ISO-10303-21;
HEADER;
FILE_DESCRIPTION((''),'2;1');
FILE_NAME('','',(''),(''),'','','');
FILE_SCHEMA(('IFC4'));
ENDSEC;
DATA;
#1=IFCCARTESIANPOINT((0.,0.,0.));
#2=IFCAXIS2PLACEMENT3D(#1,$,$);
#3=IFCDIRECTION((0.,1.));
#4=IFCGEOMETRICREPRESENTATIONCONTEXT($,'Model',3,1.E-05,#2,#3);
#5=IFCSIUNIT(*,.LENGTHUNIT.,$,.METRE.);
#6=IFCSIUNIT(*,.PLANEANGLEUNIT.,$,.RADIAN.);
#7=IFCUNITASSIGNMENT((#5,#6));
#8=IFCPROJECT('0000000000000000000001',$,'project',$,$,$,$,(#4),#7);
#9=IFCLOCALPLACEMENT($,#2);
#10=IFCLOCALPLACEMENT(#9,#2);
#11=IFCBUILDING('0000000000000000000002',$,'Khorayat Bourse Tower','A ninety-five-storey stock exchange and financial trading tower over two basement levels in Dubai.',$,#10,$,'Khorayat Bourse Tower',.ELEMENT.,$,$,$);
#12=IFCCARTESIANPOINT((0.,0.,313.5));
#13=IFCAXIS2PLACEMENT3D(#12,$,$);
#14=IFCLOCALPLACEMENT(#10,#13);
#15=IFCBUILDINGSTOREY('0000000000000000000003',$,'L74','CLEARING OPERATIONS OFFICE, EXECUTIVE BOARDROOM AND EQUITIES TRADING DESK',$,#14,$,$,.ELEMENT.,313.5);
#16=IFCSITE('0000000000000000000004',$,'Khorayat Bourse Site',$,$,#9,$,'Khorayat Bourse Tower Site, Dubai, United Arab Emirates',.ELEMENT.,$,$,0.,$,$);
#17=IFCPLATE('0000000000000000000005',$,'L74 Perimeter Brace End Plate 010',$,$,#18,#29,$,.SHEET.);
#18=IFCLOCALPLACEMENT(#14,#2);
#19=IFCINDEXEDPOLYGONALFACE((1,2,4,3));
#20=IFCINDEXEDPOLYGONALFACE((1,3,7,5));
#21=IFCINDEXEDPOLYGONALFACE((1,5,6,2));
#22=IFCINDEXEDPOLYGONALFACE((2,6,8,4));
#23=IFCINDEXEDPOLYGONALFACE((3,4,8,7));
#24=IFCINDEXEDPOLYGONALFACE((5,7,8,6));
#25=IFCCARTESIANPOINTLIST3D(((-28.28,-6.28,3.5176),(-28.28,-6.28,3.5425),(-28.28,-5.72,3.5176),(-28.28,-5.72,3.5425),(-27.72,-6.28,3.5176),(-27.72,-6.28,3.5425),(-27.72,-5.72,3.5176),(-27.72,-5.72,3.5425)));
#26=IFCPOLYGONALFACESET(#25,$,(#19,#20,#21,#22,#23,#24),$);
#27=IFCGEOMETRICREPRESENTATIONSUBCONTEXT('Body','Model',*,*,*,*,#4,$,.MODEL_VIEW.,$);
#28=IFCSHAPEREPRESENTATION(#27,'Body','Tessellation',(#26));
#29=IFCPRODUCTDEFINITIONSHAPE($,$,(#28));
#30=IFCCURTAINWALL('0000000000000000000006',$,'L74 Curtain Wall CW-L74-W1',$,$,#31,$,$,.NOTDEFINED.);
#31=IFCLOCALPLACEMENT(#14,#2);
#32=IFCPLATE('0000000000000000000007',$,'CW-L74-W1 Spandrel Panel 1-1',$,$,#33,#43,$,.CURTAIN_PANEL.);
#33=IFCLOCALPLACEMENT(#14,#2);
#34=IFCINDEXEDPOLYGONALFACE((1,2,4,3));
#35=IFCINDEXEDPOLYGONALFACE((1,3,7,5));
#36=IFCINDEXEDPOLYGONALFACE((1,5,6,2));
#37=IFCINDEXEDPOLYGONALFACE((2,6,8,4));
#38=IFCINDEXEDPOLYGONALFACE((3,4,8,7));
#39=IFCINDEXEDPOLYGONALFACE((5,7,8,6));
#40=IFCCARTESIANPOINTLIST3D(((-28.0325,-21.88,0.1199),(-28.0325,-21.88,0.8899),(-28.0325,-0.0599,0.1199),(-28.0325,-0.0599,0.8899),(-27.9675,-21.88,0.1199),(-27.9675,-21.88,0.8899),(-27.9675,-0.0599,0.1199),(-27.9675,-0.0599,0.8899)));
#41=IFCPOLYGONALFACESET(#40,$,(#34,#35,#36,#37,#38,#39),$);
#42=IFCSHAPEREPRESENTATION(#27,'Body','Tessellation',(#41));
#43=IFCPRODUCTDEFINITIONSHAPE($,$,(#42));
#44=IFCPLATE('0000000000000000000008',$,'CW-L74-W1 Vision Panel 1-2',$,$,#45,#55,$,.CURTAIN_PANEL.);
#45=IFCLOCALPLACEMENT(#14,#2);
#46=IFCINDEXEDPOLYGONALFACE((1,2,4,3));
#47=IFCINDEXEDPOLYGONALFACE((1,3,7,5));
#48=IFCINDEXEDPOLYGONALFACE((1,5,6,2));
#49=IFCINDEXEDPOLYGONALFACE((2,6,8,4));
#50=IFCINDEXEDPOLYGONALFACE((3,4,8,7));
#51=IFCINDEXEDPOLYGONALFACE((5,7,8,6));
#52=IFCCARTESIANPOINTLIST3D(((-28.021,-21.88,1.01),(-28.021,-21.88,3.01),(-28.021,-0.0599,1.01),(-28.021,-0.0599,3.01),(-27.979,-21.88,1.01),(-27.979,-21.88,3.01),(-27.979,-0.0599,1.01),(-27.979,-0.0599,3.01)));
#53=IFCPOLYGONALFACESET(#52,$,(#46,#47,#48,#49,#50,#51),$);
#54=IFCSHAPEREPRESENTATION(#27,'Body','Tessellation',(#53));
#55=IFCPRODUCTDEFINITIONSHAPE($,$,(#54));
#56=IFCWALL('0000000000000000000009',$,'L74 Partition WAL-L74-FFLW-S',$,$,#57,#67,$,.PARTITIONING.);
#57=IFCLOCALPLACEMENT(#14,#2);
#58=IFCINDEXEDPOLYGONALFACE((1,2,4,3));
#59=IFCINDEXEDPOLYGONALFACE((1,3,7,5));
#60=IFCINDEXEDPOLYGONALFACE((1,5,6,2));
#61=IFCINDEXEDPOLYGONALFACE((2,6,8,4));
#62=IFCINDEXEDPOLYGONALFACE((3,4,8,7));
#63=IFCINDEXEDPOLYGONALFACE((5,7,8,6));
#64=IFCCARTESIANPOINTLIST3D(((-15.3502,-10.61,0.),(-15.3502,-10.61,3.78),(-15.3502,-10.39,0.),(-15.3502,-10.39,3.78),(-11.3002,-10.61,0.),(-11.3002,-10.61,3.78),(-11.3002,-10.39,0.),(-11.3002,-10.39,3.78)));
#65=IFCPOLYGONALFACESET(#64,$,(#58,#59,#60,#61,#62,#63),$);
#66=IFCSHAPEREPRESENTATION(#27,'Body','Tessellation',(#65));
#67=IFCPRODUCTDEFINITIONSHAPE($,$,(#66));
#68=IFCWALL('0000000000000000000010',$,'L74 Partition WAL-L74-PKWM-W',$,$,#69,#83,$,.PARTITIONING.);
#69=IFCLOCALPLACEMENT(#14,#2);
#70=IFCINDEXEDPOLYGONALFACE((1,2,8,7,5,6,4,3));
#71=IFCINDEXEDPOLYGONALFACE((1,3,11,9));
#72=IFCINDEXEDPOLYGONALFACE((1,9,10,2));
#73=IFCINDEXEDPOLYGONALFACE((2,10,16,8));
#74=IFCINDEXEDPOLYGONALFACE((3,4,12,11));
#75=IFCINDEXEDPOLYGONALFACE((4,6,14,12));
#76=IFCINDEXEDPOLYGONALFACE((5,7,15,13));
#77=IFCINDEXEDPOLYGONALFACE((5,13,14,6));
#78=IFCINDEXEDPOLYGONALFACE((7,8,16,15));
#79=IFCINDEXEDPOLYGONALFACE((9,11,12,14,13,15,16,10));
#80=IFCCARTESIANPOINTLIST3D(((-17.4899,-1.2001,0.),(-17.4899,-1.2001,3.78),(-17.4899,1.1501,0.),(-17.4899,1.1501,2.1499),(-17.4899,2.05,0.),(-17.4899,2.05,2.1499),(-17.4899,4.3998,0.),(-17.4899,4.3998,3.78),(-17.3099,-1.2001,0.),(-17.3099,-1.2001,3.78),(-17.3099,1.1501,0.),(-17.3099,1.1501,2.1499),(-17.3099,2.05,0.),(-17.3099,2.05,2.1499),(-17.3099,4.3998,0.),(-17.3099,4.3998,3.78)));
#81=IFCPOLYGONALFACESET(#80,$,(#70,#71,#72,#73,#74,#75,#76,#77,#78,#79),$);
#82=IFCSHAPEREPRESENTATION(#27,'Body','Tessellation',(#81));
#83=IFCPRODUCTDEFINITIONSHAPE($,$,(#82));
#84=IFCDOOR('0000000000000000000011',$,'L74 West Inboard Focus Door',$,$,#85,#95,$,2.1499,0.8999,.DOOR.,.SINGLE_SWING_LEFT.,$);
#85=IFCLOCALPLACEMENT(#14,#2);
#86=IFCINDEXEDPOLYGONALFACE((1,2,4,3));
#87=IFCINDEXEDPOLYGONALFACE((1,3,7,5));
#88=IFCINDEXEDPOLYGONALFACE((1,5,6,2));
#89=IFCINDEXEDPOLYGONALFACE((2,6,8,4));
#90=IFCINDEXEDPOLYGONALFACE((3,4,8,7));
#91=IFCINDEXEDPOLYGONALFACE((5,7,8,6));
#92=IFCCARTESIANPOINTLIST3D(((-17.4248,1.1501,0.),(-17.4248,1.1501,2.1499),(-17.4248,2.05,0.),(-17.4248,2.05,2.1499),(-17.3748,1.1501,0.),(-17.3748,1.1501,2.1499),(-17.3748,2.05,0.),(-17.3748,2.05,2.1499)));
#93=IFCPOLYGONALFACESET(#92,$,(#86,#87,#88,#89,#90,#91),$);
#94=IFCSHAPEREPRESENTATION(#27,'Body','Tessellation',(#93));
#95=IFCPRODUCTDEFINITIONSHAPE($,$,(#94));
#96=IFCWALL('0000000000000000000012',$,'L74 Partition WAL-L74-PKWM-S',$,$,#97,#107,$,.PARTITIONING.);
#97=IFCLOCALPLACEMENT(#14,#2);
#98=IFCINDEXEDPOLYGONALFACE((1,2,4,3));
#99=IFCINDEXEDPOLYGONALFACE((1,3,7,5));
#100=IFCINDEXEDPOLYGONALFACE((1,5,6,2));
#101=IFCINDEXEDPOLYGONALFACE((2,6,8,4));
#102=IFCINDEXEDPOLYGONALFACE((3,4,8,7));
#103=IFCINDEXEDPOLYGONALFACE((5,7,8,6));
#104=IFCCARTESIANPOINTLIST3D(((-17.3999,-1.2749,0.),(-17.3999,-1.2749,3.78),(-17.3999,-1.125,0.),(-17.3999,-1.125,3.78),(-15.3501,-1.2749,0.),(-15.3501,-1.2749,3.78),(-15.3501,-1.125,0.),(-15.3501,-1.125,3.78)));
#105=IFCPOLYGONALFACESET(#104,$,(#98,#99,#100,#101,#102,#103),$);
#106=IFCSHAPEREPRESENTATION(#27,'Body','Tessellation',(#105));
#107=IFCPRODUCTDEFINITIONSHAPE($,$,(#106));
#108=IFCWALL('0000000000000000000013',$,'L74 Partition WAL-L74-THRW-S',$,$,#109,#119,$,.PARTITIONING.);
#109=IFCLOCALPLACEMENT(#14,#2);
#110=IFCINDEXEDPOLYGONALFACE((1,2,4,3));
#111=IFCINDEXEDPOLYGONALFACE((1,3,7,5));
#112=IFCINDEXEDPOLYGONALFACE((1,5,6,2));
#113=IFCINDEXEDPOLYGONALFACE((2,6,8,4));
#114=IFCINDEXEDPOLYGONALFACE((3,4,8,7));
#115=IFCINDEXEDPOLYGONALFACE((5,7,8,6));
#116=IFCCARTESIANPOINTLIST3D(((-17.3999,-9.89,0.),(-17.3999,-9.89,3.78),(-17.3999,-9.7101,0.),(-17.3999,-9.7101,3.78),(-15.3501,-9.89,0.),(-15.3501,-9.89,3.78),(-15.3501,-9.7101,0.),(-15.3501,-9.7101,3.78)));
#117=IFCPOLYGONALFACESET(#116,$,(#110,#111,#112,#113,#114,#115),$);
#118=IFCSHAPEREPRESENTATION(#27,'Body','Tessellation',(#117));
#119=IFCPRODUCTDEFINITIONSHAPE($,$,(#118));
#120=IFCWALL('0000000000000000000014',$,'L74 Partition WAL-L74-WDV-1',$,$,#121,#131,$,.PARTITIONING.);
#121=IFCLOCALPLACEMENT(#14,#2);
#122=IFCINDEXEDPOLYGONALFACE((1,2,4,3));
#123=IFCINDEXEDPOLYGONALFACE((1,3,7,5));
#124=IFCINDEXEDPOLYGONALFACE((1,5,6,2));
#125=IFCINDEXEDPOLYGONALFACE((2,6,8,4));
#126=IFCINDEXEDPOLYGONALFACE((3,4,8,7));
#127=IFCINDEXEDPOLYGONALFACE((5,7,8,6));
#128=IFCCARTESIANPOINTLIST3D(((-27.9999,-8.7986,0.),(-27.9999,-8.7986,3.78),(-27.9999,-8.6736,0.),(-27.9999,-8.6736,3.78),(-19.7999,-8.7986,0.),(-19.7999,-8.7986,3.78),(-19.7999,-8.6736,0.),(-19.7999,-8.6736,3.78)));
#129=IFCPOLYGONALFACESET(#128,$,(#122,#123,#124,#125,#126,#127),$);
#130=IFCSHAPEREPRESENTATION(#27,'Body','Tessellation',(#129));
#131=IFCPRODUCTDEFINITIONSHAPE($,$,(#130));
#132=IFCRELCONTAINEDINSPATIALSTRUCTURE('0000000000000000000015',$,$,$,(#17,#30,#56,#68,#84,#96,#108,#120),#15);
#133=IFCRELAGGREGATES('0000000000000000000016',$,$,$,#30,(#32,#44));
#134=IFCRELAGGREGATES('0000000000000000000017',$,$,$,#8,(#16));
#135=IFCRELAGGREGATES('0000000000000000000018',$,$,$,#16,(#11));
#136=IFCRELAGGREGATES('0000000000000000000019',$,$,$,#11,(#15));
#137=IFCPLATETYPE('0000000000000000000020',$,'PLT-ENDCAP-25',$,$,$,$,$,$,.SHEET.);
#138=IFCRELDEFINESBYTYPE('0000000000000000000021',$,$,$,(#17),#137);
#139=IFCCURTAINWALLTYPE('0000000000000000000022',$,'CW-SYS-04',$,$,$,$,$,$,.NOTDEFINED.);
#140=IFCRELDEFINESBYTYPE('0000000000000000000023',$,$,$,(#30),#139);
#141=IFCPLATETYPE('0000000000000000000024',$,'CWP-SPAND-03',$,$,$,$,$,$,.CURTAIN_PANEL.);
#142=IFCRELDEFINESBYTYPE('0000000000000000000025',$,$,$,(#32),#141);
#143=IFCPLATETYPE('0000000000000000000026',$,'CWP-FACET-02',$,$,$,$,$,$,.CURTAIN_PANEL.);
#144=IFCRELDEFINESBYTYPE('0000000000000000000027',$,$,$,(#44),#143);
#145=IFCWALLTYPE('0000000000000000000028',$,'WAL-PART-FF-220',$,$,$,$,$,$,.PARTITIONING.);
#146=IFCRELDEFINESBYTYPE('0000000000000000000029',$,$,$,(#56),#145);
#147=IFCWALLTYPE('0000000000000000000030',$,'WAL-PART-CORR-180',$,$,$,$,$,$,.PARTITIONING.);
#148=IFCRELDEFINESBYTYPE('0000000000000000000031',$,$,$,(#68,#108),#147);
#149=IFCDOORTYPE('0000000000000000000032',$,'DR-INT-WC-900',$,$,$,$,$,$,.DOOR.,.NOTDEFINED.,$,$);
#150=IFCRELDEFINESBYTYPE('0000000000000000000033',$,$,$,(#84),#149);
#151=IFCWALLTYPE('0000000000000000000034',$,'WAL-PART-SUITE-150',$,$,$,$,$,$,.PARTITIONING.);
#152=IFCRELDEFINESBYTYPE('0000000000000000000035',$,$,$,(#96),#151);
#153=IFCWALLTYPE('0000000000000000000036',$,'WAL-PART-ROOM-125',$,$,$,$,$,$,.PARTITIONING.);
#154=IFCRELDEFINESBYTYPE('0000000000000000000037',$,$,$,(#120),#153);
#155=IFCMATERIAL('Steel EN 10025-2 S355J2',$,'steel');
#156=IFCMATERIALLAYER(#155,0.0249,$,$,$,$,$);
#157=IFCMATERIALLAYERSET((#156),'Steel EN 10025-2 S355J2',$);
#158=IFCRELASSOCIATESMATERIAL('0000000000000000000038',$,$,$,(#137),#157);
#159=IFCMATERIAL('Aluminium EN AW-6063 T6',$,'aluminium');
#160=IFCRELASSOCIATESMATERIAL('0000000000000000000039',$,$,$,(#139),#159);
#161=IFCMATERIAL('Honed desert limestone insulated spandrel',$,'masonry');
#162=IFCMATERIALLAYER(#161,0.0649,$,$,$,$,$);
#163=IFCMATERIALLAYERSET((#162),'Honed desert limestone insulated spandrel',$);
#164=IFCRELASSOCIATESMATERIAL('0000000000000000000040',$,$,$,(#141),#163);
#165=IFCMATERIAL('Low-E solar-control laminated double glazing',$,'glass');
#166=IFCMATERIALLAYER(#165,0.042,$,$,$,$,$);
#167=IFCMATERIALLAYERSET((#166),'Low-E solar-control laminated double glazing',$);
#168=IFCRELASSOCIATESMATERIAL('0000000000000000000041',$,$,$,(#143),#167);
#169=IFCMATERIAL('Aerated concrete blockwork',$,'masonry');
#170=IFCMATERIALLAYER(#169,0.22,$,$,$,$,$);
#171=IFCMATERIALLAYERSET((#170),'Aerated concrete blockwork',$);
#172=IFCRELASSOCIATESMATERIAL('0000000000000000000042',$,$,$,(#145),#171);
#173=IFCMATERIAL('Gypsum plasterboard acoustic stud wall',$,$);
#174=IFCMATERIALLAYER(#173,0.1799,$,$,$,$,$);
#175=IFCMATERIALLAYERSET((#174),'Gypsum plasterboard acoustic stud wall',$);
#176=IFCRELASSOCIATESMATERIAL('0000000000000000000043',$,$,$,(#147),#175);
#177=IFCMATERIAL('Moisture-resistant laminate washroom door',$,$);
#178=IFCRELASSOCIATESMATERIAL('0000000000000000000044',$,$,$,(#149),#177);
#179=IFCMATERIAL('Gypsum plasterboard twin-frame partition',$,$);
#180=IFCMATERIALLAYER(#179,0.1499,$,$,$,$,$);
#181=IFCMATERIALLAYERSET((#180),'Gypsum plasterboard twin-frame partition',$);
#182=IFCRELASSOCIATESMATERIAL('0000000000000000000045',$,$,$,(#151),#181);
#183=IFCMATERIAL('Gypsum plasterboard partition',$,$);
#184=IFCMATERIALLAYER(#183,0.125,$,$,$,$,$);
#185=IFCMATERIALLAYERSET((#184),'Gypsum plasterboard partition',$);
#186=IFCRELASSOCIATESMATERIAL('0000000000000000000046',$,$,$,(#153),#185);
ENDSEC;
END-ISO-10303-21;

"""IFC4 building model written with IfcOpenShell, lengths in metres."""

from ifc_helpers import new_model, si_unit, direction, frame, frame_2d, origin, origin_2d, place, context, subcontext, project, spatial, rectangle, extrude, source, transform, mapped, material, layer, layer_set, type_object, element, fill, aggregate, save


model = new_model("IFC4")

# Units and contexts
model_context = context("Model", 3, precision=1e-05, world=origin(), true_north=direction((0.0, 1.0)))
body_context = subcontext(model_context, "Body", "Model", "MODEL_VIEW")
ifc_project = project(units=[si_unit("LENGTHUNIT", "METRE"), si_unit("PLANEANGLEUNIT", "RADIAN")], contexts=[model_context])

# Site, building, storey
site_placement = place(None, origin())
site = spatial("IfcSite", under=ifc_project, at=site_placement, Name="Khorayat Bourse Site", LongName="Khorayat Bourse Tower Site, Dubai, United Arab Emirates", CompositionType="ELEMENT", RefElevation=0.0)
building_placement = place(site_placement, origin())
building = spatial("IfcBuilding", under=site, at=building_placement, Name="Khorayat Bourse Tower", Description="A ninety-five-storey stock exchange and financial trading tower over two basement levels in Dubai.", LongName="Khorayat Bourse Tower", CompositionType="ELEMENT")
storey_placement = place(building_placement, frame((0.0, 0.0, 313.5)))
storey = spatial("IfcBuildingStorey", under=building, at=storey_placement, Name="L74", Description="CLEARING OPERATIONS OFFICE, EXECUTIVE BOARDROOM AND EQUITIES TRADING DESK", CompositionType="ELEMENT", Elevation=313.5)

# Plate
ifc_material_1 = material(Name="Steel EN 10025-2 S355J2", Category="steel")
ifc_layer_1 = layer(ifc_material_1, 0.0249)
ifc_layer_set_1 = layer_set([ifc_layer_1], Name="Steel EN 10025-2 S355J2")
plate_type_1 = type_object("IfcPlateType", Name="PLT-ENDCAP-25", PredefinedType="SHEET", material=ifc_layer_set_1)
shared_shape_1 = source(origin(), body_context, "Body", "SweptSolid", [
    extrude(rectangle(XDim=0.5601, YDim=0.5601, at=origin_2d()), origin(), (0.0, 0.0, 1.0), 0.0249),
])
for number, where, z_axis, x_axis, name in (
    (1, (-28.0, -6.0, 3.5176), (0.0, 0.0, 1.0), (1.0, 0.0, 0.0), "L74 Perimeter Brace End Plate 010"),
):
    element("IfcPlate", number, at=place(storey_placement, frame(where, z_axis=z_axis, x_axis=x_axis)), inside=storey, type_object=plate_type_1, Name=name, PredefinedType="SHEET", context=body_context, shape_type="MappedRepresentation", body=[
        mapped(shared_shape_1, transform((0.0, 0.0, 0.0), scale=1.0)),
    ])

# Curtain wall, plates
ifc_material_2 = material(Name="Aluminium EN AW-6063 T6", Category="aluminium")
curtain_wall_type = type_object("IfcCurtainWallType", Name="CW-SYS-04", PredefinedType="NOTDEFINED", material=ifc_material_2)
curtain_wall_placement = place(storey_placement, origin())
curtain_wall = element("IfcCurtainWall", 2, at=curtain_wall_placement, inside=storey, type_object=curtain_wall_type, Name="L74 Curtain Wall CW-L74-W1", PredefinedType="NOTDEFINED")
ifc_material_3 = material(Name="Honed desert limestone insulated spandrel", Category="masonry")
ifc_layer_2 = layer(ifc_material_3, 0.0649)
ifc_layer_set_2 = layer_set([ifc_layer_2], Name="Honed desert limestone insulated spandrel")
plate_type_2 = type_object("IfcPlateType", Name="CWP-SPAND-03", PredefinedType="CURTAIN_PANEL", material=ifc_layer_set_2)
shared_shape_2 = source(origin(), body_context, "Body", "SweptSolid", [
    extrude(rectangle(XDim=21.8201, YDim=0.0649, at=origin_2d()), origin(), (0.0, 0.0, 1.0), 0.77),
])
plate_1_placement = place(storey_placement, frame((-28.0, -10.97, 0.1199), z_axis=(0.0, 0.0, 1.0), x_axis=(0.0, 1.0, 0.0)))
plate_1 = element("IfcPlate", 3, at=plate_1_placement, type_object=plate_type_2, Name="CW-L74-W1 Spandrel Panel 1-1", PredefinedType="CURTAIN_PANEL", context=body_context, shape_type="MappedRepresentation", body=[
    mapped(shared_shape_2, transform((0.0, 0.0, 0.0), scale=1.0)),
])
ifc_material_4 = material(Name="Low-E solar-control laminated double glazing", Category="glass")
ifc_layer_3 = layer(ifc_material_4, 0.042)
ifc_layer_set_3 = layer_set([ifc_layer_3], Name="Low-E solar-control laminated double glazing")
plate_type_3 = type_object("IfcPlateType", Name="CWP-FACET-02", PredefinedType="CURTAIN_PANEL", material=ifc_layer_set_3)
shared_shape_3 = source(origin(), body_context, "Body", "SweptSolid", [
    extrude(rectangle(XDim=21.8201, YDim=0.042, at=origin_2d()), origin(), (0.0, 0.0, 1.0), 2.0),
])
plate_2_placement = place(storey_placement, frame((-28.0, -10.97, 1.01), z_axis=(0.0, 0.0, 1.0), x_axis=(0.0, 1.0, 0.0)))
plate_2 = element("IfcPlate", 4, at=plate_2_placement, type_object=plate_type_3, Name="CW-L74-W1 Vision Panel 1-2", PredefinedType="CURTAIN_PANEL", context=body_context, shape_type="MappedRepresentation", body=[
    mapped(shared_shape_3, transform((0.0, 0.0, 0.0), scale=1.0)),
])
aggregate(curtain_wall, [plate_1, plate_2])

# Wall
ifc_material_5 = material(Name="Aerated concrete blockwork", Category="masonry")
ifc_layer_4 = layer(ifc_material_5, 0.22)
ifc_layer_set_4 = layer_set([ifc_layer_4], Name="Aerated concrete blockwork")
wall_type_1 = type_object("IfcWallType", Name="WAL-PART-FF-220", PredefinedType="PARTITIONING", material=ifc_layer_set_4)
shared_shape_4 = source(origin(), body_context, "Body", "SweptSolid", [
    extrude(rectangle(XDim=4.05, YDim=0.22, at=frame_2d((2.0249, 0.0))), origin(), (0.0, 0.0, 1.0), 3.78),
])
wall_1_placement = place(storey_placement, frame((-15.3501, -10.5, 0.0), z_axis=(0.0, 0.0, 1.0), x_axis=(1.0, 0.0, 0.0)))
element("IfcWall", 5, at=wall_1_placement, inside=storey, type_object=wall_type_1, Name="L74 Partition WAL-L74-FFLW-S", PredefinedType="PARTITIONING", context=body_context, shape_type="MappedRepresentation", body=[
    mapped(shared_shape_4, transform((0.0, 0.0, 0.0), scale=1.0)),
])

# Wall, opening, door
ifc_material_6 = material(Name="Gypsum plasterboard acoustic stud wall")
ifc_layer_5 = layer(ifc_material_6, 0.1799)
ifc_layer_set_5 = layer_set([ifc_layer_5], Name="Gypsum plasterboard acoustic stud wall")
wall_type_2 = type_object("IfcWallType", Name="WAL-PART-CORR-180", PredefinedType="PARTITIONING", material=ifc_layer_set_5)
shared_shape_5 = source(origin(), body_context, "Body", "SweptSolid", [
    extrude(rectangle(XDim=5.5999, YDim=0.1799, at=frame_2d((2.7998, 0.0))), origin(), (0.0, 0.0, 1.0), 3.78),
])
wall_2_placement = place(storey_placement, frame((-17.3999, -1.2, 0.0), z_axis=(0.0, 0.0, 1.0), x_axis=(0.0, 1.0, 0.0)))
wall_2 = element("IfcWall", 6, at=wall_2_placement, inside=storey, type_object=wall_type_2, Name="L74 Partition WAL-L74-PKWM-W", PredefinedType="PARTITIONING", context=body_context, shape_type="MappedRepresentation", body=[
    mapped(shared_shape_5, transform((0.0, 0.0, 0.0), scale=1.0)),
])
shared_shape_6 = source(origin(), body_context, "Body", "SweptSolid", [
    extrude(rectangle(XDim=0.8999, YDim=2.1499, at=frame_2d((0.45, 1.075))), frame((0.0, 0.0999, 0.0), z_axis=(0.0, -1.0, 0.0), x_axis=(1.0, 0.0, 0.0)), (0.0, 0.0, 1.0), 0.2),
])
opening_placement = place(wall_2_placement, frame((2.3501, 0.0, 0.0)))
opening = element("IfcOpeningElement", 7, at=opening_placement, cuts=wall_2, PredefinedType="OPENING", context=body_context, shape_type="MappedRepresentation", body=[
    mapped(shared_shape_6, transform((0.0, 0.0, 0.0), scale=1.0)),
])
ifc_material_7 = material(Name="Moisture-resistant laminate washroom door")
door_type = type_object("IfcDoorType", Name="DR-INT-WC-900", OperationType="NOTDEFINED", PredefinedType="DOOR", material=ifc_material_7)
shared_shape_7 = source(origin(), body_context, "Body", "SweptSolid", [
    extrude(rectangle(XDim=0.8999, YDim=2.1499, at=frame_2d((0.45, 1.075))), frame((0.0, 0.0249, 0.0), z_axis=(0.0, -1.0, 0.0), x_axis=(1.0, 0.0, 0.0)), (0.0, 0.0, 1.0), 0.05),
])
door_placement = place(opening_placement, origin())
door = element("IfcDoor", 8, at=door_placement, inside=storey, type_object=door_type, Name="L74 West Inboard Focus Door", OperationType="SINGLE_SWING_LEFT", OverallHeight=2.1499, OverallWidth=0.8999, PredefinedType="DOOR", context=body_context, shape_type="MappedRepresentation", body=[
    mapped(shared_shape_7, transform((0.0, 0.0, 0.0), scale=1.0)),
])
fill(opening, door)

# Walls
ifc_material_8 = material(Name="Gypsum plasterboard twin-frame partition")
ifc_layer_6 = layer(ifc_material_8, 0.1499)
ifc_layer_set_6 = layer_set([ifc_layer_6], Name="Gypsum plasterboard twin-frame partition")
wall_type_3 = type_object("IfcWallType", Name="WAL-PART-SUITE-150", PredefinedType="PARTITIONING", material=ifc_layer_set_6)
shared_shape_8 = source(origin(), body_context, "Body", "SweptSolid", [
    extrude(rectangle(XDim=2.0498, YDim=0.1499, at=frame_2d((1.0249, 0.0))), origin(), (0.0, 0.0, 1.0), 3.78),
])
wall_3_placement = place(storey_placement, frame((-17.3999, -1.2, 0.0), z_axis=(0.0, 0.0, 1.0), x_axis=(1.0, 0.0, 0.0)))
element("IfcWall", 9, at=wall_3_placement, inside=storey, type_object=wall_type_3, Name="L74 Partition WAL-L74-PKWM-S", PredefinedType="PARTITIONING", context=body_context, shape_type="MappedRepresentation", body=[
    mapped(shared_shape_8, transform((0.0, 0.0, 0.0), scale=1.0)),
])
shared_shape_9 = source(origin(), body_context, "Body", "SweptSolid", [
    extrude(rectangle(XDim=2.0498, YDim=0.1799, at=frame_2d((1.0249, 0.0))), origin(), (0.0, 0.0, 1.0), 3.78),
])
wall_4_placement = place(storey_placement, frame((-17.3999, -9.8, 0.0), z_axis=(0.0, 0.0, 1.0), x_axis=(1.0, 0.0, 0.0)))
element("IfcWall", 10, at=wall_4_placement, inside=storey, type_object=wall_type_2, Name="L74 Partition WAL-L74-THRW-S", PredefinedType="PARTITIONING", context=body_context, shape_type="MappedRepresentation", body=[
    mapped(shared_shape_9, transform((0.0, 0.0, 0.0), scale=1.0)),
])
ifc_material_9 = material(Name="Gypsum plasterboard partition")
ifc_layer_7 = layer(ifc_material_9, 0.125)
ifc_layer_set_7 = layer_set([ifc_layer_7], Name="Gypsum plasterboard partition")
wall_type_4 = type_object("IfcWallType", Name="WAL-PART-ROOM-125", PredefinedType="PARTITIONING", material=ifc_layer_set_7)
shared_shape_10 = source(origin(), body_context, "Body", "SweptSolid", [
    extrude(rectangle(XDim=8.2, YDim=0.125, at=frame_2d((4.1001, 0.0))), origin(), (0.0, 0.0, 1.0), 3.78),
])
wall_5_placement = place(storey_placement, frame((-28.0, -8.7361, 0.0), z_axis=(0.0, 0.0, 1.0), x_axis=(1.0, 0.0, 0.0)))
element("IfcWall", 11, at=wall_5_placement, inside=storey, type_object=wall_type_4, Name="L74 Partition WAL-L74-WDV-1", PredefinedType="PARTITIONING", context=body_context, shape_type="MappedRepresentation", body=[
    mapped(shared_shape_10, transform((0.0, 0.0, 0.0), scale=1.0)),
])

save(model, "model.ifc")
